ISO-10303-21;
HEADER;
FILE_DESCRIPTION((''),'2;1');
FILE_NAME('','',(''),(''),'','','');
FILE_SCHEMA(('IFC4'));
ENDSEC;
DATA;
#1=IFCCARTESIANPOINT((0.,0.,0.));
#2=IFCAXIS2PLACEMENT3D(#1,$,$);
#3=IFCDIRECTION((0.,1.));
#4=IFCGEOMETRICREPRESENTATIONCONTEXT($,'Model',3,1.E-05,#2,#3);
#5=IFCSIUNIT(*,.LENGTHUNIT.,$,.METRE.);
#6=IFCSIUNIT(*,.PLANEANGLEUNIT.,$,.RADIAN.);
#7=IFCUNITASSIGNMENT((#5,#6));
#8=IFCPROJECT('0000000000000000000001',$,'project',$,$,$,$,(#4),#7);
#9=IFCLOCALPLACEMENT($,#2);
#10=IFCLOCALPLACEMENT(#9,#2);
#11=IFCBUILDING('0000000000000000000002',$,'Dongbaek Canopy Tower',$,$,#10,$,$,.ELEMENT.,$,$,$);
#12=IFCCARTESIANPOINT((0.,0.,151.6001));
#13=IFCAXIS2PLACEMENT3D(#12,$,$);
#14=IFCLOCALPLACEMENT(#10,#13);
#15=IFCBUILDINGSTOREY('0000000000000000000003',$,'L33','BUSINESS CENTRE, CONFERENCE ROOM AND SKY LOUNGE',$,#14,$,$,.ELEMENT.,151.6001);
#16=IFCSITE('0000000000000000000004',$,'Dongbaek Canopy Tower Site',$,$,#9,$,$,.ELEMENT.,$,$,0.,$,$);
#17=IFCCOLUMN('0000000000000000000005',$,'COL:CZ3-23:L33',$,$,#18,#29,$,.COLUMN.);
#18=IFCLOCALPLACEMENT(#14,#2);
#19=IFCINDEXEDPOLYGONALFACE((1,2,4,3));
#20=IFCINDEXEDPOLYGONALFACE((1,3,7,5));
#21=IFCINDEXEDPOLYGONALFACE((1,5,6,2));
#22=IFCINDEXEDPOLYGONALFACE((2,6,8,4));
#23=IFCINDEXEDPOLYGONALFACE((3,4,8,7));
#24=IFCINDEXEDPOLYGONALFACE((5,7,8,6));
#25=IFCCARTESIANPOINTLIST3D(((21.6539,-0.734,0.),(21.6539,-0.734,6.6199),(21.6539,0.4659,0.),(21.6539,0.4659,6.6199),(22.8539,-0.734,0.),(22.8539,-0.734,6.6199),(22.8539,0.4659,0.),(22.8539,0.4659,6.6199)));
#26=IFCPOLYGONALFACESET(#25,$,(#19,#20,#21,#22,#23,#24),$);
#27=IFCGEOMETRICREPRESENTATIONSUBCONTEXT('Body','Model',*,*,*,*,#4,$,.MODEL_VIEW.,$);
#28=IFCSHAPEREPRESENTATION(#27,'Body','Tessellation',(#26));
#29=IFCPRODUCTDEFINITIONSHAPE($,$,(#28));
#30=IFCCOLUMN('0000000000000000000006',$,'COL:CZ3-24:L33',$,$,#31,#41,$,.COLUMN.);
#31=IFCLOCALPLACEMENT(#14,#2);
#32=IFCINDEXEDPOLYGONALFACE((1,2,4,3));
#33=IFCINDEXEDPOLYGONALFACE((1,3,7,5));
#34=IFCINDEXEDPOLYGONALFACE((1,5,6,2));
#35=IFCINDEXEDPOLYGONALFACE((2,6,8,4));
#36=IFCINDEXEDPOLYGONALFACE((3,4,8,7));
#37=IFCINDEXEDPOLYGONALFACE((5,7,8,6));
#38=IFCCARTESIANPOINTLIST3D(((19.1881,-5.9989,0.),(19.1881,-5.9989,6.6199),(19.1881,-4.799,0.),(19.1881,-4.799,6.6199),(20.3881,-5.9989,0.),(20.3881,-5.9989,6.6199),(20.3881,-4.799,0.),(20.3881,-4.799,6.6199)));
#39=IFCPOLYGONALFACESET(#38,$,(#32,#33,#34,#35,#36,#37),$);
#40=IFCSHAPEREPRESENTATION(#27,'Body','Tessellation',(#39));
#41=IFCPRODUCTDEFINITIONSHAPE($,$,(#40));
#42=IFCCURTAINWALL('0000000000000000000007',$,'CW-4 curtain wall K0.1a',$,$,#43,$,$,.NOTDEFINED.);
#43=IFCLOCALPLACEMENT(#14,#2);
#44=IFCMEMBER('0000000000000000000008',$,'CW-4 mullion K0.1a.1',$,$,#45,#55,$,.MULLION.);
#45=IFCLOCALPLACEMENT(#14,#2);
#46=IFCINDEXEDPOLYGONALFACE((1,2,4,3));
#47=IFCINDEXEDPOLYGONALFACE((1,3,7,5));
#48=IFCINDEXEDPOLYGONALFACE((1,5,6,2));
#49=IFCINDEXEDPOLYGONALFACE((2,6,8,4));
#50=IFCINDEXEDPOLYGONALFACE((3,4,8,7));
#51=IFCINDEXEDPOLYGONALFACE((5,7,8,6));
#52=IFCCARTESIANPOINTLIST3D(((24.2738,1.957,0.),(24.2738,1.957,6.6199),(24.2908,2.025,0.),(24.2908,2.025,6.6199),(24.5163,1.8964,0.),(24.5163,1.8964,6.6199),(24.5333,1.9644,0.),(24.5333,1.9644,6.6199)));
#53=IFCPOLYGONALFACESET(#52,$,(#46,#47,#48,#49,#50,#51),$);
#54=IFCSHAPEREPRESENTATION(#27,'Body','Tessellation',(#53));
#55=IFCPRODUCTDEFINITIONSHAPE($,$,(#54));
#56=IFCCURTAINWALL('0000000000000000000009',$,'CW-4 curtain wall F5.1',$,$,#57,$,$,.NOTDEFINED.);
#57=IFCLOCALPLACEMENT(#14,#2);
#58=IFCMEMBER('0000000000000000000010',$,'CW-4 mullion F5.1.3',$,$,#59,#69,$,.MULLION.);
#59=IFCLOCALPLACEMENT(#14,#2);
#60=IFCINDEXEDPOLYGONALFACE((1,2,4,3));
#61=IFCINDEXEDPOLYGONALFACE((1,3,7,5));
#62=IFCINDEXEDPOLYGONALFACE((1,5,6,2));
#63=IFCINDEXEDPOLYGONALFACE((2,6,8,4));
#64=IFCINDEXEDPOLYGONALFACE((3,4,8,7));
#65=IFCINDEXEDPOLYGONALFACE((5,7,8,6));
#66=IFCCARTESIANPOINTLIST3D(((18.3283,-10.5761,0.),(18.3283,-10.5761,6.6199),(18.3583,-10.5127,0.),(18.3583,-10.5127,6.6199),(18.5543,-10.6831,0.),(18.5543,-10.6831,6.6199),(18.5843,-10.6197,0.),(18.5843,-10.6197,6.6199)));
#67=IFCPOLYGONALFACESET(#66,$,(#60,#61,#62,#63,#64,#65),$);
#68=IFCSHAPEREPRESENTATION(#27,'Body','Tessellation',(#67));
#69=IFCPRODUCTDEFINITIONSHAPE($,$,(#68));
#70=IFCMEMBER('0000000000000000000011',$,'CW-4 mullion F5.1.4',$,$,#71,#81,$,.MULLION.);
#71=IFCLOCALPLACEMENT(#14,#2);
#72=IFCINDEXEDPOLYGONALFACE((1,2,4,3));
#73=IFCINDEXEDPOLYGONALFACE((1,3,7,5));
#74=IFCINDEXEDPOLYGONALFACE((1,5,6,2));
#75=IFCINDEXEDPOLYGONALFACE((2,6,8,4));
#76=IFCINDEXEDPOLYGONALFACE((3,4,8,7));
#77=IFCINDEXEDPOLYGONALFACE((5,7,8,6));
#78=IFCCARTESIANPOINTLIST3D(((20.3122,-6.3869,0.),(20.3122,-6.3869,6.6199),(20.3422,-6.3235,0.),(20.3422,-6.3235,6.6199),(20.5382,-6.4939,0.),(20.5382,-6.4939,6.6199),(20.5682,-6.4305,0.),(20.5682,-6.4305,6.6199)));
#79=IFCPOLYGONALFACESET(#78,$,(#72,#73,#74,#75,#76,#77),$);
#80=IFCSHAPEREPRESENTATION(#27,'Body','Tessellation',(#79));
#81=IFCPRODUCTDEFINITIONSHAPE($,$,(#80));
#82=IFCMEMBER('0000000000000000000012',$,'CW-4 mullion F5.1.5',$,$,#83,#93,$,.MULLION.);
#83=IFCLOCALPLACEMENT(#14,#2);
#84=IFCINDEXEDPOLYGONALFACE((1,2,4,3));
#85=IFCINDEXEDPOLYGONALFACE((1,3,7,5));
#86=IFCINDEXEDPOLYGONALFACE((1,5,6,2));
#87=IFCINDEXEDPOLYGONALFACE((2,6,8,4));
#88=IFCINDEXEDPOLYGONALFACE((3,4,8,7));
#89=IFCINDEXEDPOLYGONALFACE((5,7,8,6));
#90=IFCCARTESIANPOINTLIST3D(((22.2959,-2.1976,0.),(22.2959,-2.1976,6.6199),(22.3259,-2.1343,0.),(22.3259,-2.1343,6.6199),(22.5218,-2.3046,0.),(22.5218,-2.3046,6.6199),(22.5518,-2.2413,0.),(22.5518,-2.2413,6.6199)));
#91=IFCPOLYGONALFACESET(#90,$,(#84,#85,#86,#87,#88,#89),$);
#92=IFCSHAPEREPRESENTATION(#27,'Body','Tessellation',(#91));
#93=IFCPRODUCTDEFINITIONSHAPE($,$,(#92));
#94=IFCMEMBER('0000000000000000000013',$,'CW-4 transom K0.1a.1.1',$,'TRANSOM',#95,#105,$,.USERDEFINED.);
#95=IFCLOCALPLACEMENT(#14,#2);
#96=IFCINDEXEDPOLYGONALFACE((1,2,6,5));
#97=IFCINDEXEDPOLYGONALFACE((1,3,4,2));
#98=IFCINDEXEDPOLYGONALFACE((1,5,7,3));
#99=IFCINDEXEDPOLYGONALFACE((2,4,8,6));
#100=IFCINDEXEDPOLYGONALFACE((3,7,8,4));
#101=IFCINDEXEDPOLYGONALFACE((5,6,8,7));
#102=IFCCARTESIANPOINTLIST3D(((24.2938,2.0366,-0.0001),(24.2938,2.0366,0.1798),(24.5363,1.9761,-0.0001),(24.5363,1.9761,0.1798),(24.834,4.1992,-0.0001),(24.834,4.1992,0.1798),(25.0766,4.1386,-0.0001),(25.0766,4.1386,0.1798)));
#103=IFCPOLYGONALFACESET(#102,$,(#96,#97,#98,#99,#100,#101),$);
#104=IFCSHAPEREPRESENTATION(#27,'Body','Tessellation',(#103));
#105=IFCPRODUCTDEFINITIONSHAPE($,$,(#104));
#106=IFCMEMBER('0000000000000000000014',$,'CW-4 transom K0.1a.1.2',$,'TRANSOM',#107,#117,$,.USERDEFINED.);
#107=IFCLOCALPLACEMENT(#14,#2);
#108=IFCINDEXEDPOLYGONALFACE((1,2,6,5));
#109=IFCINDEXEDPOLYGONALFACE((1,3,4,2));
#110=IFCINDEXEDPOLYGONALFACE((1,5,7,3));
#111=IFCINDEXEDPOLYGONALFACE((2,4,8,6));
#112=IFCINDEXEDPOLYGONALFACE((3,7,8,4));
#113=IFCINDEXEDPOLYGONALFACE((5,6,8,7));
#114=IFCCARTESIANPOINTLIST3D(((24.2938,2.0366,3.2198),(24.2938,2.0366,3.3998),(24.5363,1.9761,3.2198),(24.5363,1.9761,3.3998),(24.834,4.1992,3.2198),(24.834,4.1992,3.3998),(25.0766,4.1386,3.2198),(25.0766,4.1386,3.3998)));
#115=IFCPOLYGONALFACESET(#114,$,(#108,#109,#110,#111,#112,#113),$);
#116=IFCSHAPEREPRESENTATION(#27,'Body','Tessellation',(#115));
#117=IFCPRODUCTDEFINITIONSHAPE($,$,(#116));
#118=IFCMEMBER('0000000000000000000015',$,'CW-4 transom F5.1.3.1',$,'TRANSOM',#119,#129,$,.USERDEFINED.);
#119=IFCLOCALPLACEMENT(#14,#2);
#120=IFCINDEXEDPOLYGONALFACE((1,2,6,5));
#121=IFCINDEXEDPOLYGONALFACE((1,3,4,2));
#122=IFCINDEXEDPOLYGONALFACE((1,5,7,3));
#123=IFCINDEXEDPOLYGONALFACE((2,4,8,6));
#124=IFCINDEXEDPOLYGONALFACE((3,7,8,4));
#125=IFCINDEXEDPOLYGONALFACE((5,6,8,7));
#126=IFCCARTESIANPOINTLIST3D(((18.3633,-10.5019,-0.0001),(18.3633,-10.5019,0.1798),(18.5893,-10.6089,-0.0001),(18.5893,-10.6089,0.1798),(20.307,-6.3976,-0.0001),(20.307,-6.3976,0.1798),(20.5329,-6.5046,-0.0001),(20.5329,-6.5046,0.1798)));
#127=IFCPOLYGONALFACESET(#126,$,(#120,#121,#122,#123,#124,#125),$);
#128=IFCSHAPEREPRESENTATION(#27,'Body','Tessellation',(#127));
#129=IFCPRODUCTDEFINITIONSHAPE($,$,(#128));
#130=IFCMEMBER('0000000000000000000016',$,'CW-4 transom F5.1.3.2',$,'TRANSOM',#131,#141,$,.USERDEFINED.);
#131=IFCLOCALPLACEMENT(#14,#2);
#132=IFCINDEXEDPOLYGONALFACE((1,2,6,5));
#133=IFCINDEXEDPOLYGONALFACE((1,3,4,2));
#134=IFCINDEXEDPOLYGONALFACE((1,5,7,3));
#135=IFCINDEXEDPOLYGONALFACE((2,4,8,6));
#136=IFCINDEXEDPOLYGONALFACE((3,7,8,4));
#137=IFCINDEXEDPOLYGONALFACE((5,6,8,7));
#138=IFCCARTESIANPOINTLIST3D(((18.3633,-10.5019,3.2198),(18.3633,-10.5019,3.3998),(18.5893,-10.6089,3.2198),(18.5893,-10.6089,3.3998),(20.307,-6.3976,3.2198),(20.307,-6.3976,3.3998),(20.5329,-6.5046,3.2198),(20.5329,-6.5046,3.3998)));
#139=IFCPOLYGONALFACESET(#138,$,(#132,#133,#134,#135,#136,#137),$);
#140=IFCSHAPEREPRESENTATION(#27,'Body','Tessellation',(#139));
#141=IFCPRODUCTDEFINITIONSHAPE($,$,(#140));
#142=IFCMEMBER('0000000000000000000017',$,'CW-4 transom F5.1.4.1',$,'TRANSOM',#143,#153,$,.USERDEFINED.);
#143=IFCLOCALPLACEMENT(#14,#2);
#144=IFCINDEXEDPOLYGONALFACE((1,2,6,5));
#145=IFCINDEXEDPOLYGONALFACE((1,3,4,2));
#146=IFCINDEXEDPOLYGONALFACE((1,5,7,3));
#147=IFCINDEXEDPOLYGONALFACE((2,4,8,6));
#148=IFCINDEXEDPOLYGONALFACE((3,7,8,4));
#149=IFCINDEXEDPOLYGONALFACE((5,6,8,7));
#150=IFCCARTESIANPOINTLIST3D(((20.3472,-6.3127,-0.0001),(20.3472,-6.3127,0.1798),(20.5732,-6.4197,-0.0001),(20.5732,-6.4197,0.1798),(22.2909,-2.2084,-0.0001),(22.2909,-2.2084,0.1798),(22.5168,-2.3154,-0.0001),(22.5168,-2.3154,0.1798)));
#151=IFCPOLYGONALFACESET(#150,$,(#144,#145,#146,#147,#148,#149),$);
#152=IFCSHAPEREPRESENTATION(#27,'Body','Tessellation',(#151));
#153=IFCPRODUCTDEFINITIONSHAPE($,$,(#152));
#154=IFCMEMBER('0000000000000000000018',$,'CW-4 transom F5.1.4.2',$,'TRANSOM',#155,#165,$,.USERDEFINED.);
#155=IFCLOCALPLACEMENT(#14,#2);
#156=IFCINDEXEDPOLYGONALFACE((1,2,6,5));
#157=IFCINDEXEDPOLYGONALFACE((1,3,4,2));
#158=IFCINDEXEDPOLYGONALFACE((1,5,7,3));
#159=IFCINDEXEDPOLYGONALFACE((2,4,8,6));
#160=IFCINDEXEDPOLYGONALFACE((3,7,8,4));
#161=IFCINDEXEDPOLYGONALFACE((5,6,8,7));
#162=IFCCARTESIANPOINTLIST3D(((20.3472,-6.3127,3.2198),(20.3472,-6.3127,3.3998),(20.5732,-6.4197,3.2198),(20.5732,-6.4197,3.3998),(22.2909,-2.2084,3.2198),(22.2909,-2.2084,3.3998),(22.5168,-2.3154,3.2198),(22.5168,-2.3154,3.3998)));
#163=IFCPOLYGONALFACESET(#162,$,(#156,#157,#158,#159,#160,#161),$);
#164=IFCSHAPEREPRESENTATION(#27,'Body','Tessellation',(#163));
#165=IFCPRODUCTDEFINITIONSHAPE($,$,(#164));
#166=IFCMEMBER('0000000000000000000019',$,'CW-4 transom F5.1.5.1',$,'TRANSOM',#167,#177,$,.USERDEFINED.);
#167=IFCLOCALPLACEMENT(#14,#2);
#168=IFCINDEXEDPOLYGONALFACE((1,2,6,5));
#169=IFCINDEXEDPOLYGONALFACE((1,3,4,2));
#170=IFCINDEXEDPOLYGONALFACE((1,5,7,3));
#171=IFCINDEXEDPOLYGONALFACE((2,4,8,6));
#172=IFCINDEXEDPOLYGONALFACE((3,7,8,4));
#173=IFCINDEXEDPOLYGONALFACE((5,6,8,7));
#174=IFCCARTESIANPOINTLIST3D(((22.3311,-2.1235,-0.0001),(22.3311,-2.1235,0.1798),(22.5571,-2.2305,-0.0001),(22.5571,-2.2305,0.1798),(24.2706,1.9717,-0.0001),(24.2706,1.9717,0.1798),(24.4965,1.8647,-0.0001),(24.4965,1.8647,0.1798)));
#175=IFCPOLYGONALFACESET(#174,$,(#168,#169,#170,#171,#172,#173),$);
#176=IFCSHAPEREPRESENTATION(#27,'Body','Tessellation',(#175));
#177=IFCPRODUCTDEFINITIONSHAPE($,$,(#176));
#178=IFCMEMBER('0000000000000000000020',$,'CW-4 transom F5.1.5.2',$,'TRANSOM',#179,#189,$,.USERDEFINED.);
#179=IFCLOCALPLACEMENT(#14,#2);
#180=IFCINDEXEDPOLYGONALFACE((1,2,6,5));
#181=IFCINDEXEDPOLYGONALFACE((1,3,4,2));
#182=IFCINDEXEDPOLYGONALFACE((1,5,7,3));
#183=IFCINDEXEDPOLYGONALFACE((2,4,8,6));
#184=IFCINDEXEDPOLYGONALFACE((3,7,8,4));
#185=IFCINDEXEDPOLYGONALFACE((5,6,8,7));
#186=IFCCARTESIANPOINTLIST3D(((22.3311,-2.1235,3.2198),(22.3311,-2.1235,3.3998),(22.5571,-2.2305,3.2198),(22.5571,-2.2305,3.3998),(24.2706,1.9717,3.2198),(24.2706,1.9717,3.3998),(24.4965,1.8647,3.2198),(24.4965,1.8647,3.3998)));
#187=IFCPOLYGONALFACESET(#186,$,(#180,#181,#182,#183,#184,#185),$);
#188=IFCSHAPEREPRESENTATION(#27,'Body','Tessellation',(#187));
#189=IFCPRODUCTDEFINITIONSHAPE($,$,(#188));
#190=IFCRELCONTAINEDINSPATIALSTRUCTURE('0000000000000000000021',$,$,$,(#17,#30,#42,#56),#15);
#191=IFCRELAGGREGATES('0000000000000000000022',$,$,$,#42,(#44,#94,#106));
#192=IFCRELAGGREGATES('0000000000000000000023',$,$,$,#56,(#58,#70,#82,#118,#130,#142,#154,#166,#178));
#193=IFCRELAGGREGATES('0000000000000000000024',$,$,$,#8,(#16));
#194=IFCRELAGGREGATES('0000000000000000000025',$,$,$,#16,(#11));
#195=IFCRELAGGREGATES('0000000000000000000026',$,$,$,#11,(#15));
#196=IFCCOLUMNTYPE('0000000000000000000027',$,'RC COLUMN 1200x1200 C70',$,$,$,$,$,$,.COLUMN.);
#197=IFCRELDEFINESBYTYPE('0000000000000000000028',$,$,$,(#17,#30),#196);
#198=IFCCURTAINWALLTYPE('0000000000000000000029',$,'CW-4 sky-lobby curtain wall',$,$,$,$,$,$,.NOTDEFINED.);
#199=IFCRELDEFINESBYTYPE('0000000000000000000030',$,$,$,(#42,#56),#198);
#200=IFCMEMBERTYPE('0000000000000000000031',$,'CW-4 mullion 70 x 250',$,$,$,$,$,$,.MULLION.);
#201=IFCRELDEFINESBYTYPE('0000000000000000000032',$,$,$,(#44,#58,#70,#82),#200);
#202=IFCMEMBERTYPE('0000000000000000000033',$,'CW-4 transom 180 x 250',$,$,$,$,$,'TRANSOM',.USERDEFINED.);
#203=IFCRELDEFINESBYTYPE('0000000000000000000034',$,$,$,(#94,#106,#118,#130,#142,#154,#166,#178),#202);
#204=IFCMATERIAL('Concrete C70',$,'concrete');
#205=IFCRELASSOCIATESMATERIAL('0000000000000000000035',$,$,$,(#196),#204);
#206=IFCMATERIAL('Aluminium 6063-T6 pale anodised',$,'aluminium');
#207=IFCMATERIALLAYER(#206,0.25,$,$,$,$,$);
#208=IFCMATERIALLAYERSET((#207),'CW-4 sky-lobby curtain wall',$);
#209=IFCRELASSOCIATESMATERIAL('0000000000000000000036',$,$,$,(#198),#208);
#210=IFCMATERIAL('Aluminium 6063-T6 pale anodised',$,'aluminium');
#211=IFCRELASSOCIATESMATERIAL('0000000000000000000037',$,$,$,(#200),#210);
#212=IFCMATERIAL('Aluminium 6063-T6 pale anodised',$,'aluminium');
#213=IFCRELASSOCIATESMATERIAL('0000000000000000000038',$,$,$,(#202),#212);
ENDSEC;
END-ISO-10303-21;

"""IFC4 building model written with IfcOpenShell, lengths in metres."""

from ifc_helpers import new_model, si_unit, direction, frame, origin, origin_2d, place, context, subcontext, project, spatial, rectangle, extrude, material, layer, layer_set, material_profile, profile_set, type_object, element, aggregate, save


model = new_model("IFC4")

# Units and contexts
model_context = context("Model", 3, precision=1e-05, world=origin(), true_north=direction((0.0, 1.0)))
body_context = subcontext(model_context, "Body", "Model", "MODEL_VIEW")
ifc_project = project(units=[si_unit("LENGTHUNIT", "METRE"), si_unit("PLANEANGLEUNIT", "RADIAN")], contexts=[model_context])

# Site, building, storey
site_placement = place(None, origin())
site = spatial("IfcSite", under=ifc_project, at=site_placement, Name="Dongbaek Canopy Tower Site", CompositionType="ELEMENT", RefElevation=0.0)
building_placement = place(site_placement, origin())
building = spatial("IfcBuilding", under=site, at=building_placement, Name="Dongbaek Canopy Tower", CompositionType="ELEMENT")
storey_placement = place(building_placement, frame((0.0, 0.0, 151.6001)))
storey = spatial("IfcBuildingStorey", under=building, at=storey_placement, Name="L33", Description="BUSINESS CENTRE, CONFERENCE ROOM AND SKY LOUNGE", CompositionType="ELEMENT", Elevation=151.6001)

# Columns
ifc_material_1 = material(Name="Concrete C70", Category="concrete")
ifc_material_profile_1 = material_profile(ifc_material_1, rectangle(XDim=1.2, YDim=1.2, at=origin_2d()), Name="RC COLUMN 1200x1200 C70")
ifc_profile_set_1 = profile_set([ifc_material_profile_1], Name="Concrete C70")
column_type = type_object("IfcColumnType", Name="RC COLUMN 1200x1200 C70", PredefinedType="COLUMN", material=ifc_profile_set_1)
for number, where, z_axis, x_axis, name in (
    (1, (22.2539, -0.134, 0.0), (0.0, 0.0, 1.0), (1.0, 0.0, 0.0), "COL:CZ3-23:L33"),
    (2, (19.7881, -5.3989, 0.0), (0.0, 0.0, 1.0), (1.0, 0.0, 0.0), "COL:CZ3-24:L33"),
):
    element("IfcColumn", number, at=place(storey_placement, frame(where, z_axis=z_axis, x_axis=x_axis)), inside=storey, type_object=column_type, Name=name, PredefinedType="COLUMN", context=body_context, shape_type="SweptSolid", body=[
        extrude(rectangle(XDim=1.2, YDim=1.2, at=origin_2d()), origin(), (0.0, 0.0, 1.0), 6.6199),
    ])

# Curtain wall, member
ifc_material_2 = material(Name="Aluminium 6063-T6 pale anodised", Category="aluminium")
ifc_layer_1 = layer(ifc_material_2, 0.25)
ifc_layer_set_1 = layer_set([ifc_layer_1], Name="CW-4 sky-lobby curtain wall")
curtain_wall_type = type_object("IfcCurtainWallType", Name="CW-4 sky-lobby curtain wall", PredefinedType="NOTDEFINED", material=ifc_layer_set_1)
curtain_wall_1_placement = place(storey_placement, origin())
curtain_wall_1 = element("IfcCurtainWall", 3, at=curtain_wall_1_placement, inside=storey, type_object=curtain_wall_type, Name="CW-4 curtain wall K0.1a", PredefinedType="NOTDEFINED")
ifc_material_3 = material(Name="Aluminium 6063-T6 pale anodised", Category="aluminium")
ifc_material_profile_2 = material_profile(ifc_material_3, rectangle(XDim=0.25, YDim=0.0701, at=origin_2d()), Name="CW-4 mullion 70 x 250")
ifc_profile_set_2 = profile_set([ifc_material_profile_2], Name="Aluminium 6063-T6 pale anodised")
member_type_1 = type_object("IfcMemberType", Name="CW-4 mullion 70 x 250", PredefinedType="MULLION", material=ifc_profile_set_2)
member_1_placement = place(storey_placement, frame((24.4036, 1.9607, 0.0), z_axis=(0.0, 0.0, 1.0), x_axis=(0.970162, -0.242457, 0.0)))
member_1 = element("IfcMember", 4, at=member_1_placement, type_object=member_type_1, Name="CW-4 mullion K0.1a.1", PredefinedType="MULLION", context=body_context, shape_type="SweptSolid", body=[
    extrude(rectangle(XDim=0.25, YDim=0.0701, at=origin_2d()), origin(), (0.0, 0.0, 1.0), 6.6199),
])

# Curtain wall, members
curtain_wall_2_placement = place(storey_placement, origin())
curtain_wall_2 = element("IfcCurtainWall", 5, at=curtain_wall_2_placement, inside=storey, type_object=curtain_wall_type, Name="CW-4 curtain wall F5.1", PredefinedType="NOTDEFINED")
member_2_placement = place(storey_placement, frame((18.4563, -10.5979, 0.0), z_axis=(0.0, 0.0, 1.0), x_axis=(0.90378, -0.427996, 0.0)))
member_2 = element("IfcMember", 6, at=member_2_placement, type_object=member_type_1, Name="CW-4 mullion F5.1.3", PredefinedType="MULLION", context=body_context, shape_type="SweptSolid", body=[
    extrude(rectangle(XDim=0.25, YDim=0.0701, at=origin_2d()), origin(), (0.0, 0.0, 1.0), 6.6199),
])
member_3_placement = place(storey_placement, frame((20.4402, -6.4087, 0.0), z_axis=(0.0, 0.0, 1.0), x_axis=(0.90378, -0.427996, 0.0)))
member_3 = element("IfcMember", 7, at=member_3_placement, type_object=member_type_1, Name="CW-4 mullion F5.1.4", PredefinedType="MULLION", context=body_context, shape_type="SweptSolid", body=[
    extrude(rectangle(XDim=0.25, YDim=0.0701, at=origin_2d()), origin(), (0.0, 0.0, 1.0), 6.6199),
])
member_4_placement = place(storey_placement, frame((22.4238, -2.2195, 0.0), z_axis=(0.0, 0.0, 1.0), x_axis=(0.90378, -0.427996, 0.0)))
member_4 = element("IfcMember", 8, at=member_4_placement, type_object=member_type_1, Name="CW-4 mullion F5.1.5", PredefinedType="MULLION", context=body_context, shape_type="SweptSolid", body=[
    extrude(rectangle(XDim=0.25, YDim=0.0701, at=origin_2d()), origin(), (0.0, 0.0, 1.0), 6.6199),
])

# Members
ifc_material_4 = material(Name="Aluminium 6063-T6 pale anodised", Category="aluminium")
ifc_material_profile_3 = material_profile(ifc_material_4, rectangle(XDim=0.25, YDim=0.1799, at=origin_2d()), Name="CW-4 transom 180 x 250")
ifc_profile_set_3 = profile_set([ifc_material_profile_3], Name="Aluminium 6063-T6 pale anodised")
member_type_2 = type_object("IfcMemberType", Name="CW-4 transom 180 x 250", ElementType="TRANSOM", PredefinedType="USERDEFINED", material=ifc_profile_set_3)
member_5_placement = place(storey_placement, frame((24.415, 2.0063, 0.0898), z_axis=(0.242381, 0.970181, 0.0), x_axis=(-0.970181, 0.242381, 0.0)))
member_5 = element("IfcMember", 9, at=member_5_placement, type_object=member_type_2, Name="CW-4 transom K0.1a.1.1", ObjectType="TRANSOM", PredefinedType="USERDEFINED", context=body_context, shape_type="SweptSolid", body=[
    extrude(rectangle(XDim=0.25, YDim=0.1799, at=origin_2d()), origin(), (0.0, 0.0, 1.0), 2.229),
])
member_6_placement = place(storey_placement, frame((24.415, 2.0063, 3.3098), z_axis=(0.242381, 0.970181, 0.0), x_axis=(-0.970181, 0.242381, 0.0)))
member_6 = element("IfcMember", 10, at=member_6_placement, type_object=member_type_2, Name="CW-4 transom K0.1a.1.2", ObjectType="TRANSOM", PredefinedType="USERDEFINED", context=body_context, shape_type="SweptSolid", body=[
    extrude(rectangle(XDim=0.25, YDim=0.1799, at=origin_2d()), origin(), (0.0, 0.0, 1.0), 2.229),
])
member_7_placement = place(storey_placement, frame((18.4763, -10.5554, 0.0898), z_axis=(0.427994, 0.903782, 0.0), x_axis=(-0.903782, 0.427994, 0.0)))
member_7 = element("IfcMember", 11, at=member_7_placement, type_object=member_type_2, Name="CW-4 transom F5.1.3.1", ObjectType="TRANSOM", PredefinedType="USERDEFINED", context=body_context, shape_type="SweptSolid", body=[
    extrude(rectangle(XDim=0.25, YDim=0.1799, at=origin_2d()), origin(), (0.0, 0.0, 1.0), 4.5413),
])
member_8_placement = place(storey_placement, frame((18.4763, -10.5554, 3.3098), z_axis=(0.427994, 0.903782, 0.0), x_axis=(-0.903782, 0.427994, 0.0)))
member_8 = element("IfcMember", 12, at=member_8_placement, type_object=member_type_2, Name="CW-4 transom F5.1.3.2", ObjectType="TRANSOM", PredefinedType="USERDEFINED", context=body_context, shape_type="SweptSolid", body=[
    extrude(rectangle(XDim=0.25, YDim=0.1799, at=origin_2d()), origin(), (0.0, 0.0, 1.0), 4.5413),
])
member_9_placement = place(storey_placement, frame((20.4602, -6.3662, 0.0898), z_axis=(0.427994, 0.903782, 0.0), x_axis=(-0.903782, 0.427994, 0.0)))
member_9 = element("IfcMember", 13, at=member_9_placement, type_object=member_type_2, Name="CW-4 transom F5.1.4.1", ObjectType="TRANSOM", PredefinedType="USERDEFINED", context=body_context, shape_type="SweptSolid", body=[
    extrude(rectangle(XDim=0.25, YDim=0.1799, at=origin_2d()), origin(), (0.0, 0.0, 1.0), 4.5413),
])
member_10_placement = place(storey_placement, frame((20.4602, -6.3662, 3.3098), z_axis=(0.427994, 0.903782, 0.0), x_axis=(-0.903782, 0.427994, 0.0)))
member_10 = element("IfcMember", 14, at=member_10_placement, type_object=member_type_2, Name="CW-4 transom F5.1.4.2", ObjectType="TRANSOM", PredefinedType="USERDEFINED", context=body_context, shape_type="SweptSolid", body=[
    extrude(rectangle(XDim=0.25, YDim=0.1799, at=origin_2d()), origin(), (0.0, 0.0, 1.0), 4.5413),
])
member_11_placement = place(storey_placement, frame((22.4441, -2.177, 0.0898), z_axis=(0.428017, 0.903771, 0.0), x_axis=(-0.903771, 0.428017, 0.0)))
member_11 = element("IfcMember", 15, at=member_11_placement, type_object=member_type_2, Name="CW-4 transom F5.1.5.1", ObjectType="TRANSOM", PredefinedType="USERDEFINED", context=body_context, shape_type="SweptSolid", body=[
    extrude(rectangle(XDim=0.25, YDim=0.1799, at=origin_2d()), origin(), (0.0, 0.0, 1.0), 4.5312),
])
member_12_placement = place(storey_placement, frame((22.4441, -2.177, 3.3098), z_axis=(0.428017, 0.903771, 0.0), x_axis=(-0.903771, 0.428017, 0.0)))
member_12 = element("IfcMember", 16, at=member_12_placement, type_object=member_type_2, Name="CW-4 transom F5.1.5.2", ObjectType="TRANSOM", PredefinedType="USERDEFINED", context=body_context, shape_type="SweptSolid", body=[
    extrude(rectangle(XDim=0.25, YDim=0.1799, at=origin_2d()), origin(), (0.0, 0.0, 1.0), 4.5312),
])

aggregate(curtain_wall_1, [member_1, member_5, member_6])
aggregate(curtain_wall_2, [member_2, member_3, member_4, member_7, member_8, member_9, member_10, member_11, member_12])

save(model, "model.ifc")
